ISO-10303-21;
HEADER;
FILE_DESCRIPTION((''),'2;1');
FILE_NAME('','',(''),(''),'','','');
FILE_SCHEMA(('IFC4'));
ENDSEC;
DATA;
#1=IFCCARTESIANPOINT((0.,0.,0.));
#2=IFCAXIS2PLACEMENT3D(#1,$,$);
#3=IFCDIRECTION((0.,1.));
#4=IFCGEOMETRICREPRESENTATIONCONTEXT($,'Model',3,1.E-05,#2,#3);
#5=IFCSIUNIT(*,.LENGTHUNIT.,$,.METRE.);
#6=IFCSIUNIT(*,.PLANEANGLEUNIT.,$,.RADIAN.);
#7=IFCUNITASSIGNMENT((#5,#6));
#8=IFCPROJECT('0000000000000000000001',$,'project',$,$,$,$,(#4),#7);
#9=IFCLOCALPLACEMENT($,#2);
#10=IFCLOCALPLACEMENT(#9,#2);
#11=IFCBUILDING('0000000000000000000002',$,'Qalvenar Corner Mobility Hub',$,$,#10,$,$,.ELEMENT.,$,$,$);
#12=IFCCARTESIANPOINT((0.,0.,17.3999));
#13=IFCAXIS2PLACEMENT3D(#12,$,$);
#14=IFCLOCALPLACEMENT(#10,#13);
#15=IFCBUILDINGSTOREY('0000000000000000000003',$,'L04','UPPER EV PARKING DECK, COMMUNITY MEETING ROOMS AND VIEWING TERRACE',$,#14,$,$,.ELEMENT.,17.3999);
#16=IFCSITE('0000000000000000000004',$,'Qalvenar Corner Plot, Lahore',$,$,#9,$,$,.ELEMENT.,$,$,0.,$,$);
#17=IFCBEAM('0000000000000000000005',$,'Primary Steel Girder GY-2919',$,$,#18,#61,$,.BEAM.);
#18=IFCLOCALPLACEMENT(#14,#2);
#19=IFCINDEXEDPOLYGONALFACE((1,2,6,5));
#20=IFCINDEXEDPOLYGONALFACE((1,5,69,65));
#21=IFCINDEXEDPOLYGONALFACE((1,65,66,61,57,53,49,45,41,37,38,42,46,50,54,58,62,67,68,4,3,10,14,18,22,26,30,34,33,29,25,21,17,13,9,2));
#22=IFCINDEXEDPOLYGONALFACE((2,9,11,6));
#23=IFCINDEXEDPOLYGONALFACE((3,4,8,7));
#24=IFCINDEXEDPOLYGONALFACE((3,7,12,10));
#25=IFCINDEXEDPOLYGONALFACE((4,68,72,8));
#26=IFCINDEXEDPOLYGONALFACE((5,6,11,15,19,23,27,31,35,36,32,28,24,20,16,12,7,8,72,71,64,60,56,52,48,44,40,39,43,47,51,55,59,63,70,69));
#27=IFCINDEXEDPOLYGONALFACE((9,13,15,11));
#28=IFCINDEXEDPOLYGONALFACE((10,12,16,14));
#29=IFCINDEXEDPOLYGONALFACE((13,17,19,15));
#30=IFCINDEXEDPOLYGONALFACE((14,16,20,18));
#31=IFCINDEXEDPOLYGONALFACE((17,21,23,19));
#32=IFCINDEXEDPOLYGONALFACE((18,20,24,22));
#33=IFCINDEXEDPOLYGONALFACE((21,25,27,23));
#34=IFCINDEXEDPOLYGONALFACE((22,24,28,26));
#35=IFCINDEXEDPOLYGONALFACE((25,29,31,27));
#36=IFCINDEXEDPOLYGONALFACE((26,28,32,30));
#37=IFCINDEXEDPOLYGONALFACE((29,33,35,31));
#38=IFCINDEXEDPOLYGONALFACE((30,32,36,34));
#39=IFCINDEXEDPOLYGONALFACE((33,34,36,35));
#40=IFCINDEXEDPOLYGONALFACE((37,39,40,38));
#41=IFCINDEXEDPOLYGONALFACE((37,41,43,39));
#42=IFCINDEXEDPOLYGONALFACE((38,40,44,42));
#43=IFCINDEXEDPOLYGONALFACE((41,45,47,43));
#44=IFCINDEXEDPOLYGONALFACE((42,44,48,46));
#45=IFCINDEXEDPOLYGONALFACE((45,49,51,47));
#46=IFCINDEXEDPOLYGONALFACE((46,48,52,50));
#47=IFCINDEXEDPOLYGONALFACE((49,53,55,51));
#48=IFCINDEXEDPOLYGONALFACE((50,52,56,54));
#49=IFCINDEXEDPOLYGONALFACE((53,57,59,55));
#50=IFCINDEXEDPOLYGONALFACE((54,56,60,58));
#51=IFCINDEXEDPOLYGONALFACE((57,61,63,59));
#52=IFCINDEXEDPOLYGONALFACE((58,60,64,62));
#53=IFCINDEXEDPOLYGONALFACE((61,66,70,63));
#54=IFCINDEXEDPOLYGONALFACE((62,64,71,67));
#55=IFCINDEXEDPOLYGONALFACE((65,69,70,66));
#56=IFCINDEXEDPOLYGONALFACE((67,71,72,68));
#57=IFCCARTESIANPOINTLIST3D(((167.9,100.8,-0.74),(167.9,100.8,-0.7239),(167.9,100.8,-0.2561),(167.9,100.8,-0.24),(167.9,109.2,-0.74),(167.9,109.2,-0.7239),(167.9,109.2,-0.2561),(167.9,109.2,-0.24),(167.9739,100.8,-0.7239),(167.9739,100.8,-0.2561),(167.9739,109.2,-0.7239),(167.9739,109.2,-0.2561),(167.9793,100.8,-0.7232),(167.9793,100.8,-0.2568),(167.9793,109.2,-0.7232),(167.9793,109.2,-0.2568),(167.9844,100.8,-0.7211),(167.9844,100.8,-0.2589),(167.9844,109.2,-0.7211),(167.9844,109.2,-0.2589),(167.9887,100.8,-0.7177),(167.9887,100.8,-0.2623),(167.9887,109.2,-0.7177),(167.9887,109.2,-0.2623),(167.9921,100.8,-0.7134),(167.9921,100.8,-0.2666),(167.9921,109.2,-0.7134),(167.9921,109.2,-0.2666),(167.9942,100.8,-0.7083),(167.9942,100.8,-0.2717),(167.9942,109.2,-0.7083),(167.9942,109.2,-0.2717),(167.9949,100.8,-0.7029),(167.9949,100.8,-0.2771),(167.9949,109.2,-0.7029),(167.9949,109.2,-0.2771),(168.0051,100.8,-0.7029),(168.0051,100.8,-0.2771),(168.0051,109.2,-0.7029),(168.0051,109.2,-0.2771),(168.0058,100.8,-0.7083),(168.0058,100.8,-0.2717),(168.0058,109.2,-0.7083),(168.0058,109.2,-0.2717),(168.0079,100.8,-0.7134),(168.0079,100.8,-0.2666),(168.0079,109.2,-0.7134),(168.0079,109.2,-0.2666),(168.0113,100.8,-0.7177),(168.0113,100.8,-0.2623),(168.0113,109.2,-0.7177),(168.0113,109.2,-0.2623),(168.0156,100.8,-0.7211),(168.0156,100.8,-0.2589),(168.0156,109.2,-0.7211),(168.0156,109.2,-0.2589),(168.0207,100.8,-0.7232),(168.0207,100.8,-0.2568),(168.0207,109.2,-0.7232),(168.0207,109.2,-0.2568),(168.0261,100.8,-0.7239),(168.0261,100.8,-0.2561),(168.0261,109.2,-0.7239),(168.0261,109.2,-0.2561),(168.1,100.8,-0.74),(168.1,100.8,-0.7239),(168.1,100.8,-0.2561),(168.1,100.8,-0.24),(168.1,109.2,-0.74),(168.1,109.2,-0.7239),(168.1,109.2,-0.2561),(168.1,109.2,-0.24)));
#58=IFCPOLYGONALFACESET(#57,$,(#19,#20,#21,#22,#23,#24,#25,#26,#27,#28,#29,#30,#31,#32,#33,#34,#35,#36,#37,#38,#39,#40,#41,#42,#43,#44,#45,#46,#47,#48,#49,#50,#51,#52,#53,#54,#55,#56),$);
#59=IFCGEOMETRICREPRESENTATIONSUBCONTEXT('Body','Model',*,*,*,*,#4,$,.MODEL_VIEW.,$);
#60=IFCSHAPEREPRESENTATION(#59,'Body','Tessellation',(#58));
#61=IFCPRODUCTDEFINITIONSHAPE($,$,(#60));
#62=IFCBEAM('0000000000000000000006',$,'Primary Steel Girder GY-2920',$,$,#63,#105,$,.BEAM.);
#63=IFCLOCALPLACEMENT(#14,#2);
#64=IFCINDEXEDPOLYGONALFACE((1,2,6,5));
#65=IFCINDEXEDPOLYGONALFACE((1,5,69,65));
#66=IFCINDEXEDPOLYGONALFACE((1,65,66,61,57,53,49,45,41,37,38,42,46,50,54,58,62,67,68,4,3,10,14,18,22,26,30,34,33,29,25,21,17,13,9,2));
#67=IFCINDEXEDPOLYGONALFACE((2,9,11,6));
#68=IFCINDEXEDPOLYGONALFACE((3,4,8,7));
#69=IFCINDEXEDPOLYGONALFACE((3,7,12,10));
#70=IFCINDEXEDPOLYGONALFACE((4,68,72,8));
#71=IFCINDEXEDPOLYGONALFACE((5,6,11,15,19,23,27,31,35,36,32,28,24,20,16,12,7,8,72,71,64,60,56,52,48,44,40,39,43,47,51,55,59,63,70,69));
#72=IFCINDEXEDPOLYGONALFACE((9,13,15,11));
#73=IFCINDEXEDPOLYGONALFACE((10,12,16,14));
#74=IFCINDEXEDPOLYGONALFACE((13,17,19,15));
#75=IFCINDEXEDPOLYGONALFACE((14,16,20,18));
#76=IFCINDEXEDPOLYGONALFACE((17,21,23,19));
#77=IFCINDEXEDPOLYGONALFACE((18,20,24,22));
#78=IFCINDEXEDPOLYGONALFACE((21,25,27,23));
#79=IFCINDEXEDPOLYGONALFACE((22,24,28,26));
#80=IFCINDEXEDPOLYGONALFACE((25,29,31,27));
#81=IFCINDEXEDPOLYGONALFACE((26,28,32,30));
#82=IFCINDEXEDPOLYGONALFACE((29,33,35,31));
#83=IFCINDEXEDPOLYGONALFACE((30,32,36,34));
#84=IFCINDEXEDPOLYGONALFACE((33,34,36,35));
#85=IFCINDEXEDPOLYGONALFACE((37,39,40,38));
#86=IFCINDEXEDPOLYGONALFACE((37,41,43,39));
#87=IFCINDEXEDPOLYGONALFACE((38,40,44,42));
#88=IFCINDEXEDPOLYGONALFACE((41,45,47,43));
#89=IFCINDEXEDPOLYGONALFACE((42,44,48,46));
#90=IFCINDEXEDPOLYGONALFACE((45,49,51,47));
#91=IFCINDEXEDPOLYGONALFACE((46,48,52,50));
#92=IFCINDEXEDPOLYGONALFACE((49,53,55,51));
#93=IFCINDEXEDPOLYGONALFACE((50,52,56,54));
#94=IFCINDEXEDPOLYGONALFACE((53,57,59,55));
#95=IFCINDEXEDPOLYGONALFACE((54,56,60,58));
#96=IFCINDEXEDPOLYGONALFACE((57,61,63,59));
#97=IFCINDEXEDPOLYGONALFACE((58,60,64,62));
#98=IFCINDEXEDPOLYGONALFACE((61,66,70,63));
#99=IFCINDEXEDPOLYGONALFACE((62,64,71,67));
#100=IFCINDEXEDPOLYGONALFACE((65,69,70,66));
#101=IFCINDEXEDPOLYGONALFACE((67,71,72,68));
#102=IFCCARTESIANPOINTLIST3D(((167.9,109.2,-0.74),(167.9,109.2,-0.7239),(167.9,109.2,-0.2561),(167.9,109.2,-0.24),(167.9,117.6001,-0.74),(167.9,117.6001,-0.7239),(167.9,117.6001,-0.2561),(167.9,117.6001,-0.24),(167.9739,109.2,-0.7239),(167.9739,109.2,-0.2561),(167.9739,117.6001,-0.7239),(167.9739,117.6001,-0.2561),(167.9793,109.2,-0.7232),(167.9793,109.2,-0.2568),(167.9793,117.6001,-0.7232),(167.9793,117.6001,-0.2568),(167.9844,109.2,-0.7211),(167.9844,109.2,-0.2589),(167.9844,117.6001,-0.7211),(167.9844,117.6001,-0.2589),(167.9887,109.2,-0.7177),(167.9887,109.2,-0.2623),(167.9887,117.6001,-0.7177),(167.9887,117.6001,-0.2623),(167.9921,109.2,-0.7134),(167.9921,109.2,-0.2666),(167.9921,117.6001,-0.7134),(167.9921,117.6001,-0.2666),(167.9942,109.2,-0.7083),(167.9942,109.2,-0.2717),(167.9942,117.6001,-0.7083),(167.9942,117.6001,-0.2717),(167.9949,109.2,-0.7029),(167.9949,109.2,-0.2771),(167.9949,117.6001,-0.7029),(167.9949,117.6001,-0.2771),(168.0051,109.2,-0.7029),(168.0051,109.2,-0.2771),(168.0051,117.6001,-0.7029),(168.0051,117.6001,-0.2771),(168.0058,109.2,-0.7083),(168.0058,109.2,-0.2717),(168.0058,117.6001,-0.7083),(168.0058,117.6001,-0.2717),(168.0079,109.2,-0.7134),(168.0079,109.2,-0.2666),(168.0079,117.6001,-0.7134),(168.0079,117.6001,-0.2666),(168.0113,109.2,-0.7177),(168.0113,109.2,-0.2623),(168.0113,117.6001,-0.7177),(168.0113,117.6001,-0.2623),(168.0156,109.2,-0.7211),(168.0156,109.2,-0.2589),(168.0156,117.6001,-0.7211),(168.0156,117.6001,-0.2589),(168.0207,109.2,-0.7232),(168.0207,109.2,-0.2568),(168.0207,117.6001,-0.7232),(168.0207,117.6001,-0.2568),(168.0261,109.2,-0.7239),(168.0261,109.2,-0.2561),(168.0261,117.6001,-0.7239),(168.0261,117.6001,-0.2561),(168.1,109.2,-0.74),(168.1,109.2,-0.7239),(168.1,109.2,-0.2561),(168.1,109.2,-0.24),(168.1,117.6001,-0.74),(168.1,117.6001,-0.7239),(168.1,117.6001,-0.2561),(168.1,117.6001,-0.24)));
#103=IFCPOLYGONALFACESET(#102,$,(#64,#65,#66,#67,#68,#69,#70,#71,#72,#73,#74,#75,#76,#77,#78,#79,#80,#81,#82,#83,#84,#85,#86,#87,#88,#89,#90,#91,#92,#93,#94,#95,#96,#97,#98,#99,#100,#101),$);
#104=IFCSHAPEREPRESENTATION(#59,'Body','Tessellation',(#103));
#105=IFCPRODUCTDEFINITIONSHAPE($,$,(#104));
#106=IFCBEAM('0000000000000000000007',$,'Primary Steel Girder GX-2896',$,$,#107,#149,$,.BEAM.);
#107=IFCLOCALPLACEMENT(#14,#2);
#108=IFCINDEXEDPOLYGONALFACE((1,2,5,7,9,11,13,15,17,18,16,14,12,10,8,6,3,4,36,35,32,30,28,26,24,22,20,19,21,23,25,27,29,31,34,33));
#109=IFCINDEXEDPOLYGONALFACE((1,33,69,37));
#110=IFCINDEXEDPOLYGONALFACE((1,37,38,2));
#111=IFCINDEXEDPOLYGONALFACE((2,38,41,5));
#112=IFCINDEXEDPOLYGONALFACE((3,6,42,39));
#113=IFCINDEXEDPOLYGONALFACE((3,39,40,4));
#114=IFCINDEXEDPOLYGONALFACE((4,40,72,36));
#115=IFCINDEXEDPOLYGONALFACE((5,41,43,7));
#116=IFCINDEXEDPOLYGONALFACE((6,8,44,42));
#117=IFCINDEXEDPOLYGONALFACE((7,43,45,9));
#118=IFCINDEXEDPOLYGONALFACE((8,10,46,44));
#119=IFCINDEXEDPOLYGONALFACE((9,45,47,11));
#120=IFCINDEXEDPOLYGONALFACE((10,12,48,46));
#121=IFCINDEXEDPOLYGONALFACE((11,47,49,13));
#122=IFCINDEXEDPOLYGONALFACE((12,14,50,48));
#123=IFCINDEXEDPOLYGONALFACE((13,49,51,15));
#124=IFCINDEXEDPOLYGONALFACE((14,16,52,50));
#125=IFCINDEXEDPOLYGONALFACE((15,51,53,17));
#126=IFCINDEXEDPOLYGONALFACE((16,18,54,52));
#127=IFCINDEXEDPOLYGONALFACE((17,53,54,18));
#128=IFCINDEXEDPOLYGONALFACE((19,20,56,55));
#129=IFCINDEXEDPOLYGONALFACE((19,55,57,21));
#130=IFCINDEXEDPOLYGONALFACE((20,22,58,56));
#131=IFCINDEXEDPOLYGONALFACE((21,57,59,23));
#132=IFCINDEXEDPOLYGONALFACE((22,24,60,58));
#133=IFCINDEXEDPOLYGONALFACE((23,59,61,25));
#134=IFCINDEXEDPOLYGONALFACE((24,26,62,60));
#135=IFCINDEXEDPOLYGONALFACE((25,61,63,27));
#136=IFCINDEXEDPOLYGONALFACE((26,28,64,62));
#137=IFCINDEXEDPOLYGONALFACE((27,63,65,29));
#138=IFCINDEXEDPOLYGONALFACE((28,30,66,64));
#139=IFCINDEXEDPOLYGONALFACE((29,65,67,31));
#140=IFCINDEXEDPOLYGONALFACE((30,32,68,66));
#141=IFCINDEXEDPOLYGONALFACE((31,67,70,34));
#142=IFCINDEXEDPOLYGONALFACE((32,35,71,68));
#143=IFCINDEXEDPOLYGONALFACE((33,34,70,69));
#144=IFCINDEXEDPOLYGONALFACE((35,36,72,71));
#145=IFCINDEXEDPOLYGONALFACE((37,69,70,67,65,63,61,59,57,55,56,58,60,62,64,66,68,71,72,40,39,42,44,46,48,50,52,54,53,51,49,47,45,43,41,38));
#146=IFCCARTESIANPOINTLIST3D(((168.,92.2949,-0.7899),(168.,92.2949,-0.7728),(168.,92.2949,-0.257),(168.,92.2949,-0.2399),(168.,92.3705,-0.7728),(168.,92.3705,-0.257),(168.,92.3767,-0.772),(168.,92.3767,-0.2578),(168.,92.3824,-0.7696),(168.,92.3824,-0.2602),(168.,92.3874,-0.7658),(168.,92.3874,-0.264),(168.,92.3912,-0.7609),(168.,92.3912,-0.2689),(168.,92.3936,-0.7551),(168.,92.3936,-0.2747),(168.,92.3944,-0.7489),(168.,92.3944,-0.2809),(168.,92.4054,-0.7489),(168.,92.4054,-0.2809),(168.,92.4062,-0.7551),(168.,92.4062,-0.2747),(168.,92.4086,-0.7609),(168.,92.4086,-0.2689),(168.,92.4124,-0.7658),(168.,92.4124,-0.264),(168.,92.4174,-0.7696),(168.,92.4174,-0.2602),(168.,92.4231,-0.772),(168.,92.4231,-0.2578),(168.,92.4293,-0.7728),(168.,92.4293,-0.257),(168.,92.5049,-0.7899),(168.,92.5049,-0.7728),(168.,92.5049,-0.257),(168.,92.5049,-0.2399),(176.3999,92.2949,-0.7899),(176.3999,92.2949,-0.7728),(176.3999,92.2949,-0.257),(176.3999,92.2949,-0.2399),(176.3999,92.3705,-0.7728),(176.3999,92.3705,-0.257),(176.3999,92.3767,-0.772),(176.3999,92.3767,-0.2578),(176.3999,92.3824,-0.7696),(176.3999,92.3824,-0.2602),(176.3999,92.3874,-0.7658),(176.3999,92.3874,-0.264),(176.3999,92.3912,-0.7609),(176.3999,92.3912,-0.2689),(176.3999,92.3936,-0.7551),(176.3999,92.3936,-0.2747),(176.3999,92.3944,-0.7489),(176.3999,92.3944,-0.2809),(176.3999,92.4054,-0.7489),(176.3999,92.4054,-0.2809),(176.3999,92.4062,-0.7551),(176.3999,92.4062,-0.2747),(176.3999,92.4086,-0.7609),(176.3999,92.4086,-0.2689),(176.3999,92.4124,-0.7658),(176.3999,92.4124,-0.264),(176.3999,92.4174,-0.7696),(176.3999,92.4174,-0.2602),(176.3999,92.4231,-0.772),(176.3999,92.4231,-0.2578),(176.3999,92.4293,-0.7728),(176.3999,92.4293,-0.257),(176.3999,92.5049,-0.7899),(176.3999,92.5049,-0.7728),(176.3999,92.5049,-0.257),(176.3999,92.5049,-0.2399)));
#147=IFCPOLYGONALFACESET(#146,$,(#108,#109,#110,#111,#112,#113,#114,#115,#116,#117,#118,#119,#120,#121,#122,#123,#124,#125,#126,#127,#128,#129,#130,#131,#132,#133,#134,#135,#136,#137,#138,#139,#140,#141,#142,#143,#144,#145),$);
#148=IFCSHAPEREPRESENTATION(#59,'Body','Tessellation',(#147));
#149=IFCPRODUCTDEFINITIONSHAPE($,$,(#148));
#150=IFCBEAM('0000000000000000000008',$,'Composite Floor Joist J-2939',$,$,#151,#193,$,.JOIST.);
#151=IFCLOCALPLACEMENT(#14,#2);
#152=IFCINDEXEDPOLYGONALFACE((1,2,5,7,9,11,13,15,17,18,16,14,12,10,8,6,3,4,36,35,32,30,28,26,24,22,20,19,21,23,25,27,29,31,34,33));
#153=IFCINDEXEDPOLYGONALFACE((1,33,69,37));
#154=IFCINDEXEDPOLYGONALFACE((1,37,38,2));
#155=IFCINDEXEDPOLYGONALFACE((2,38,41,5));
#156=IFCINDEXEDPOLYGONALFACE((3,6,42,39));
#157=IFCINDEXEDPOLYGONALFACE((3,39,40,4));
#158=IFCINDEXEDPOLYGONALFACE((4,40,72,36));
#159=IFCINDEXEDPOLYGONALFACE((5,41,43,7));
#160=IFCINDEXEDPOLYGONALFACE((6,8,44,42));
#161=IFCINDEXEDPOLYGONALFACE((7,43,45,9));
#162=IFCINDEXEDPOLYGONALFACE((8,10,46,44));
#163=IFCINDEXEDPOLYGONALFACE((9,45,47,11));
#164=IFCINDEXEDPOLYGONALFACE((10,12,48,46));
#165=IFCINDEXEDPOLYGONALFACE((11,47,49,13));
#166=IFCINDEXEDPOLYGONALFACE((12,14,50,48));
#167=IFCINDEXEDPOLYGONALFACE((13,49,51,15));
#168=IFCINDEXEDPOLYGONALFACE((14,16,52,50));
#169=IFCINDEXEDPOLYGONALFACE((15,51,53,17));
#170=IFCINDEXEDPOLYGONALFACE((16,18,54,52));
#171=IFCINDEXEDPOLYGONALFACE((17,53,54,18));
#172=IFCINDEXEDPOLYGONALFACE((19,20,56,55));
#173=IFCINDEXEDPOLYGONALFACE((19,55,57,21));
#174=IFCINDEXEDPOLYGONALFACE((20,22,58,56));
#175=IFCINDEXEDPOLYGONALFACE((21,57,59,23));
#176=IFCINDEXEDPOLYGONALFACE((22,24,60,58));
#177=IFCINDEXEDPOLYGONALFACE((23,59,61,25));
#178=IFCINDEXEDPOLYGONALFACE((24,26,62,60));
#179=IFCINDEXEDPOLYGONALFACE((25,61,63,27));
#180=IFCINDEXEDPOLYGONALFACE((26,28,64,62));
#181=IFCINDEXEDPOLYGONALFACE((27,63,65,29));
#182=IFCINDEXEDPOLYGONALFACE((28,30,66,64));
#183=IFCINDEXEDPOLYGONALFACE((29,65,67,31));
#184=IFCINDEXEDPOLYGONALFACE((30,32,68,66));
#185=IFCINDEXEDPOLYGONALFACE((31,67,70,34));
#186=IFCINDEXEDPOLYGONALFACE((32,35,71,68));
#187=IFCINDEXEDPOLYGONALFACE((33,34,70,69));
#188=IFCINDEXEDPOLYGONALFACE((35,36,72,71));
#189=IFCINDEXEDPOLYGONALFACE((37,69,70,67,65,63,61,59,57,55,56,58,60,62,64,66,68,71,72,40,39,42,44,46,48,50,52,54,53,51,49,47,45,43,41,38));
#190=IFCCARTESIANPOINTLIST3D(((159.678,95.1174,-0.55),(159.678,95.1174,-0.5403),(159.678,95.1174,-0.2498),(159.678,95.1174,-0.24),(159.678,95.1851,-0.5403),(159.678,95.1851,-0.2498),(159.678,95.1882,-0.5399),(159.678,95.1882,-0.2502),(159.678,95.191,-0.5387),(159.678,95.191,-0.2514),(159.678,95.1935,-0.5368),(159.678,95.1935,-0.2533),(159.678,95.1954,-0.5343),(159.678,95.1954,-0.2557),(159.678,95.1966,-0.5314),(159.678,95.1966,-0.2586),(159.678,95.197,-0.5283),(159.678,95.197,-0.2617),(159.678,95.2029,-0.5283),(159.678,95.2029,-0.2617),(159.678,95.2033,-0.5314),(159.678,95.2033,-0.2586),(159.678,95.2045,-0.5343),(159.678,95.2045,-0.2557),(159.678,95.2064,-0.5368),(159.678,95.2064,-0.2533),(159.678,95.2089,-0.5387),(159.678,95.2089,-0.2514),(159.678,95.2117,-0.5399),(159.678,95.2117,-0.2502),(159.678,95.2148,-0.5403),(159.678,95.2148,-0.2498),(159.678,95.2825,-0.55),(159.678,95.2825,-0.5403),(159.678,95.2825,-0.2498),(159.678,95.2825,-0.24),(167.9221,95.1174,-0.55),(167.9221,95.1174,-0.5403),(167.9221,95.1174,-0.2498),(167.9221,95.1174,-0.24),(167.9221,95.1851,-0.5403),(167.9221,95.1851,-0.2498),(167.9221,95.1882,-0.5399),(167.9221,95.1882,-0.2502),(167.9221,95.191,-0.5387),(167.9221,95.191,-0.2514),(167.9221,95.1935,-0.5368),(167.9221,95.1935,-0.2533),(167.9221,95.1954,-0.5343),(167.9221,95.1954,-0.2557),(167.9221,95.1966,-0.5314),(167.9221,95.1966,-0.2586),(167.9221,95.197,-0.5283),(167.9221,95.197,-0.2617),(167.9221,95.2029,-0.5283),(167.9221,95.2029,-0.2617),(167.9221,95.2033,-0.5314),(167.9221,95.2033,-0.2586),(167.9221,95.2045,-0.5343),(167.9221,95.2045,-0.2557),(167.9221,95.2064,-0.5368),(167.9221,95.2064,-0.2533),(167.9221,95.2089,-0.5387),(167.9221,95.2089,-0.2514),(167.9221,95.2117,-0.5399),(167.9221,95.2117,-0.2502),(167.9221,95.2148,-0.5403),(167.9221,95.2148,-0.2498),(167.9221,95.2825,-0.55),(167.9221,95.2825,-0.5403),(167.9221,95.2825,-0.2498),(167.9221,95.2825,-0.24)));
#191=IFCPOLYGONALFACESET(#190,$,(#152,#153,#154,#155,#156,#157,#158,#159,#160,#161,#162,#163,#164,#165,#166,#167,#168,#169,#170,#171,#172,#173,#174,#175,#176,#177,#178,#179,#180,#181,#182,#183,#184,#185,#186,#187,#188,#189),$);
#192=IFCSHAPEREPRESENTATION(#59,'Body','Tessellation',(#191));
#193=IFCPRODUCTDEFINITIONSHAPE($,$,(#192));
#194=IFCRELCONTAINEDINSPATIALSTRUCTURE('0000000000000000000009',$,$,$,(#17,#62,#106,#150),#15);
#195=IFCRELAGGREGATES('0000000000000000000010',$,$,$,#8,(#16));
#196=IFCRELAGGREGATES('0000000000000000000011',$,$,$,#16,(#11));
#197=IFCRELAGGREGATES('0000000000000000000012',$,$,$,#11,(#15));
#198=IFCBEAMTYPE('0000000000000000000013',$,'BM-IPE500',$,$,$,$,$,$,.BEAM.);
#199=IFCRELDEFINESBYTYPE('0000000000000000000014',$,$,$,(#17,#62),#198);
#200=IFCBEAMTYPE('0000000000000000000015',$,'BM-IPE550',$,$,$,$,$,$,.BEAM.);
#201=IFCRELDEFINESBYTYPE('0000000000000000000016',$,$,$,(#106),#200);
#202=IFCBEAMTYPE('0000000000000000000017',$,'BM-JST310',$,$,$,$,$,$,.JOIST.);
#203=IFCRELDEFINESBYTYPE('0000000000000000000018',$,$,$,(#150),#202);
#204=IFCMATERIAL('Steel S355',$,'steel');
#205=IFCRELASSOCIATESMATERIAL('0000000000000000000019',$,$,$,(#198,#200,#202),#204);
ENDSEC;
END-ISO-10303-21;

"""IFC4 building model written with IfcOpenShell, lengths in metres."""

from ifc_helpers import new_model, si_unit, direction, frame, origin, origin_2d, place, context, subcontext, project, spatial, i_section, extrude, material, material_profile, profile_set, type_object, element, save


model = new_model("IFC4")

# Units and contexts
model_context = context("Model", 3, precision=1e-05, world=origin(), true_north=direction((0.0, 1.0)))
body_context = subcontext(model_context, "Body", "Model", "MODEL_VIEW")
ifc_project = project(units=[si_unit("LENGTHUNIT", "METRE"), si_unit("PLANEANGLEUNIT", "RADIAN")], contexts=[model_context])

# Site, building, storey
site_placement = place(None, origin())
site = spatial("IfcSite", under=ifc_project, at=site_placement, Name="Qalvenar Corner Plot, Lahore", CompositionType="ELEMENT", RefElevation=0.0)
building_placement = place(site_placement, origin())
building = spatial("IfcBuilding", under=site, at=building_placement, Name="Qalvenar Corner Mobility Hub", CompositionType="ELEMENT")
storey_placement = place(building_placement, frame((0.0, 0.0, 17.3999)))
storey = spatial("IfcBuildingStorey", under=building, at=storey_placement, Name="L04", Description="UPPER EV PARKING DECK, COMMUNITY MEETING ROOMS AND VIEWING TERRACE", CompositionType="ELEMENT", Elevation=17.3999)

# Shared definitions
ifc_material_1 = material(Name="Steel S355", Category="steel")

# Beams
ifc_material_profile_1 = material_profile(ifc_material_1, i_section(OverallWidth=0.2, OverallDepth=0.5, WebThickness=0.0103, FlangeThickness=0.0161, FilletRadius=0.021, at=origin_2d()), Name="IPE500")
ifc_profile_set_1 = profile_set([ifc_material_profile_1], Name="Steel S355")
beam_type_1 = type_object("IfcBeamType", Name="BM-IPE500", PredefinedType="BEAM", material=ifc_profile_set_1)
beam_1_placement = place(storey_placement, frame((168.0, 100.8, -0.49), z_axis=(0.0, 1.0, 0.0), x_axis=(-1.0, 0.0, 0.0)))
element("IfcBeam", 1, at=beam_1_placement, inside=storey, type_object=beam_type_1, Name="Primary Steel Girder GY-2919", PredefinedType="BEAM", context=body_context, shape_type="SweptSolid", body=[
    extrude(i_section(OverallWidth=0.2, OverallDepth=0.5, WebThickness=0.0103, FlangeThickness=0.0161, FilletRadius=0.021, at=origin_2d()), origin(), (0.0, 0.0, 1.0), 8.3999),
])
beam_2_placement = place(storey_placement, frame((168.0, 109.2, -0.49), z_axis=(0.0, 1.0, 0.0), x_axis=(-1.0, 0.0, 0.0)))
element("IfcBeam", 2, at=beam_2_placement, inside=storey, type_object=beam_type_1, Name="Primary Steel Girder GY-2920", PredefinedType="BEAM", context=body_context, shape_type="SweptSolid", body=[
    extrude(i_section(OverallWidth=0.2, OverallDepth=0.5, WebThickness=0.0103, FlangeThickness=0.0161, FilletRadius=0.021, at=origin_2d()), origin(), (0.0, 0.0, 1.0), 8.4001),
])
ifc_material_profile_2 = material_profile(ifc_material_1, i_section(OverallWidth=0.21, OverallDepth=0.55, WebThickness=0.011, FlangeThickness=0.0171, FilletRadius=0.0239, at=origin_2d()), Name="IPE550")
ifc_profile_set_2 = profile_set([ifc_material_profile_2], Name="Steel S355")
beam_type_2 = type_object("IfcBeamType", Name="BM-IPE550", PredefinedType="BEAM", material=ifc_profile_set_2)
beam_3_placement = place(storey_placement, frame((168.0, 92.3999, -0.5149), z_axis=(1.0, 0.0, 0.0), x_axis=(0.0, 1.0, 0.0)))
element("IfcBeam", 3, at=beam_3_placement, inside=storey, type_object=beam_type_2, Name="Primary Steel Girder GX-2896", PredefinedType="BEAM", context=body_context, shape_type="SweptSolid", body=[
    extrude(i_section(OverallWidth=0.21, OverallDepth=0.55, WebThickness=0.011, FlangeThickness=0.0171, FilletRadius=0.0239, at=origin_2d()), origin(), (0.0, 0.0, 1.0), 8.3999),
])
ifc_material_profile_3 = material_profile(ifc_material_1, i_section(OverallWidth=0.165, OverallDepth=0.3101, WebThickness=0.0059, FlangeThickness=0.0098, FilletRadius=0.012, at=origin_2d()), Name="W310x38.7")
ifc_profile_set_3 = profile_set([ifc_material_profile_3], Name="Steel S355")
beam_type_3 = type_object("IfcBeamType", Name="BM-JST310", PredefinedType="JOIST", material=ifc_profile_set_3)
for number, where, z_axis, x_axis, name in (
    (4, (159.678, 95.2, -0.395), (1.0, 0.0, 0.0), (0.0, 1.0, 0.0), "Composite Floor Joist J-2939"),
):
    element("IfcBeam", number, at=place(storey_placement, frame(where, z_axis=z_axis, x_axis=x_axis)), inside=storey, type_object=beam_type_3, Name=name, PredefinedType="JOIST", context=body_context, shape_type="SweptSolid", body=[
        extrude(i_section(OverallWidth=0.165, OverallDepth=0.3101, WebThickness=0.0059, FlangeThickness=0.0098, FilletRadius=0.012, at=origin_2d()), origin(), (0.0, 0.0, 1.0), 8.2441),
    ])

save(model, "model.ifc")
